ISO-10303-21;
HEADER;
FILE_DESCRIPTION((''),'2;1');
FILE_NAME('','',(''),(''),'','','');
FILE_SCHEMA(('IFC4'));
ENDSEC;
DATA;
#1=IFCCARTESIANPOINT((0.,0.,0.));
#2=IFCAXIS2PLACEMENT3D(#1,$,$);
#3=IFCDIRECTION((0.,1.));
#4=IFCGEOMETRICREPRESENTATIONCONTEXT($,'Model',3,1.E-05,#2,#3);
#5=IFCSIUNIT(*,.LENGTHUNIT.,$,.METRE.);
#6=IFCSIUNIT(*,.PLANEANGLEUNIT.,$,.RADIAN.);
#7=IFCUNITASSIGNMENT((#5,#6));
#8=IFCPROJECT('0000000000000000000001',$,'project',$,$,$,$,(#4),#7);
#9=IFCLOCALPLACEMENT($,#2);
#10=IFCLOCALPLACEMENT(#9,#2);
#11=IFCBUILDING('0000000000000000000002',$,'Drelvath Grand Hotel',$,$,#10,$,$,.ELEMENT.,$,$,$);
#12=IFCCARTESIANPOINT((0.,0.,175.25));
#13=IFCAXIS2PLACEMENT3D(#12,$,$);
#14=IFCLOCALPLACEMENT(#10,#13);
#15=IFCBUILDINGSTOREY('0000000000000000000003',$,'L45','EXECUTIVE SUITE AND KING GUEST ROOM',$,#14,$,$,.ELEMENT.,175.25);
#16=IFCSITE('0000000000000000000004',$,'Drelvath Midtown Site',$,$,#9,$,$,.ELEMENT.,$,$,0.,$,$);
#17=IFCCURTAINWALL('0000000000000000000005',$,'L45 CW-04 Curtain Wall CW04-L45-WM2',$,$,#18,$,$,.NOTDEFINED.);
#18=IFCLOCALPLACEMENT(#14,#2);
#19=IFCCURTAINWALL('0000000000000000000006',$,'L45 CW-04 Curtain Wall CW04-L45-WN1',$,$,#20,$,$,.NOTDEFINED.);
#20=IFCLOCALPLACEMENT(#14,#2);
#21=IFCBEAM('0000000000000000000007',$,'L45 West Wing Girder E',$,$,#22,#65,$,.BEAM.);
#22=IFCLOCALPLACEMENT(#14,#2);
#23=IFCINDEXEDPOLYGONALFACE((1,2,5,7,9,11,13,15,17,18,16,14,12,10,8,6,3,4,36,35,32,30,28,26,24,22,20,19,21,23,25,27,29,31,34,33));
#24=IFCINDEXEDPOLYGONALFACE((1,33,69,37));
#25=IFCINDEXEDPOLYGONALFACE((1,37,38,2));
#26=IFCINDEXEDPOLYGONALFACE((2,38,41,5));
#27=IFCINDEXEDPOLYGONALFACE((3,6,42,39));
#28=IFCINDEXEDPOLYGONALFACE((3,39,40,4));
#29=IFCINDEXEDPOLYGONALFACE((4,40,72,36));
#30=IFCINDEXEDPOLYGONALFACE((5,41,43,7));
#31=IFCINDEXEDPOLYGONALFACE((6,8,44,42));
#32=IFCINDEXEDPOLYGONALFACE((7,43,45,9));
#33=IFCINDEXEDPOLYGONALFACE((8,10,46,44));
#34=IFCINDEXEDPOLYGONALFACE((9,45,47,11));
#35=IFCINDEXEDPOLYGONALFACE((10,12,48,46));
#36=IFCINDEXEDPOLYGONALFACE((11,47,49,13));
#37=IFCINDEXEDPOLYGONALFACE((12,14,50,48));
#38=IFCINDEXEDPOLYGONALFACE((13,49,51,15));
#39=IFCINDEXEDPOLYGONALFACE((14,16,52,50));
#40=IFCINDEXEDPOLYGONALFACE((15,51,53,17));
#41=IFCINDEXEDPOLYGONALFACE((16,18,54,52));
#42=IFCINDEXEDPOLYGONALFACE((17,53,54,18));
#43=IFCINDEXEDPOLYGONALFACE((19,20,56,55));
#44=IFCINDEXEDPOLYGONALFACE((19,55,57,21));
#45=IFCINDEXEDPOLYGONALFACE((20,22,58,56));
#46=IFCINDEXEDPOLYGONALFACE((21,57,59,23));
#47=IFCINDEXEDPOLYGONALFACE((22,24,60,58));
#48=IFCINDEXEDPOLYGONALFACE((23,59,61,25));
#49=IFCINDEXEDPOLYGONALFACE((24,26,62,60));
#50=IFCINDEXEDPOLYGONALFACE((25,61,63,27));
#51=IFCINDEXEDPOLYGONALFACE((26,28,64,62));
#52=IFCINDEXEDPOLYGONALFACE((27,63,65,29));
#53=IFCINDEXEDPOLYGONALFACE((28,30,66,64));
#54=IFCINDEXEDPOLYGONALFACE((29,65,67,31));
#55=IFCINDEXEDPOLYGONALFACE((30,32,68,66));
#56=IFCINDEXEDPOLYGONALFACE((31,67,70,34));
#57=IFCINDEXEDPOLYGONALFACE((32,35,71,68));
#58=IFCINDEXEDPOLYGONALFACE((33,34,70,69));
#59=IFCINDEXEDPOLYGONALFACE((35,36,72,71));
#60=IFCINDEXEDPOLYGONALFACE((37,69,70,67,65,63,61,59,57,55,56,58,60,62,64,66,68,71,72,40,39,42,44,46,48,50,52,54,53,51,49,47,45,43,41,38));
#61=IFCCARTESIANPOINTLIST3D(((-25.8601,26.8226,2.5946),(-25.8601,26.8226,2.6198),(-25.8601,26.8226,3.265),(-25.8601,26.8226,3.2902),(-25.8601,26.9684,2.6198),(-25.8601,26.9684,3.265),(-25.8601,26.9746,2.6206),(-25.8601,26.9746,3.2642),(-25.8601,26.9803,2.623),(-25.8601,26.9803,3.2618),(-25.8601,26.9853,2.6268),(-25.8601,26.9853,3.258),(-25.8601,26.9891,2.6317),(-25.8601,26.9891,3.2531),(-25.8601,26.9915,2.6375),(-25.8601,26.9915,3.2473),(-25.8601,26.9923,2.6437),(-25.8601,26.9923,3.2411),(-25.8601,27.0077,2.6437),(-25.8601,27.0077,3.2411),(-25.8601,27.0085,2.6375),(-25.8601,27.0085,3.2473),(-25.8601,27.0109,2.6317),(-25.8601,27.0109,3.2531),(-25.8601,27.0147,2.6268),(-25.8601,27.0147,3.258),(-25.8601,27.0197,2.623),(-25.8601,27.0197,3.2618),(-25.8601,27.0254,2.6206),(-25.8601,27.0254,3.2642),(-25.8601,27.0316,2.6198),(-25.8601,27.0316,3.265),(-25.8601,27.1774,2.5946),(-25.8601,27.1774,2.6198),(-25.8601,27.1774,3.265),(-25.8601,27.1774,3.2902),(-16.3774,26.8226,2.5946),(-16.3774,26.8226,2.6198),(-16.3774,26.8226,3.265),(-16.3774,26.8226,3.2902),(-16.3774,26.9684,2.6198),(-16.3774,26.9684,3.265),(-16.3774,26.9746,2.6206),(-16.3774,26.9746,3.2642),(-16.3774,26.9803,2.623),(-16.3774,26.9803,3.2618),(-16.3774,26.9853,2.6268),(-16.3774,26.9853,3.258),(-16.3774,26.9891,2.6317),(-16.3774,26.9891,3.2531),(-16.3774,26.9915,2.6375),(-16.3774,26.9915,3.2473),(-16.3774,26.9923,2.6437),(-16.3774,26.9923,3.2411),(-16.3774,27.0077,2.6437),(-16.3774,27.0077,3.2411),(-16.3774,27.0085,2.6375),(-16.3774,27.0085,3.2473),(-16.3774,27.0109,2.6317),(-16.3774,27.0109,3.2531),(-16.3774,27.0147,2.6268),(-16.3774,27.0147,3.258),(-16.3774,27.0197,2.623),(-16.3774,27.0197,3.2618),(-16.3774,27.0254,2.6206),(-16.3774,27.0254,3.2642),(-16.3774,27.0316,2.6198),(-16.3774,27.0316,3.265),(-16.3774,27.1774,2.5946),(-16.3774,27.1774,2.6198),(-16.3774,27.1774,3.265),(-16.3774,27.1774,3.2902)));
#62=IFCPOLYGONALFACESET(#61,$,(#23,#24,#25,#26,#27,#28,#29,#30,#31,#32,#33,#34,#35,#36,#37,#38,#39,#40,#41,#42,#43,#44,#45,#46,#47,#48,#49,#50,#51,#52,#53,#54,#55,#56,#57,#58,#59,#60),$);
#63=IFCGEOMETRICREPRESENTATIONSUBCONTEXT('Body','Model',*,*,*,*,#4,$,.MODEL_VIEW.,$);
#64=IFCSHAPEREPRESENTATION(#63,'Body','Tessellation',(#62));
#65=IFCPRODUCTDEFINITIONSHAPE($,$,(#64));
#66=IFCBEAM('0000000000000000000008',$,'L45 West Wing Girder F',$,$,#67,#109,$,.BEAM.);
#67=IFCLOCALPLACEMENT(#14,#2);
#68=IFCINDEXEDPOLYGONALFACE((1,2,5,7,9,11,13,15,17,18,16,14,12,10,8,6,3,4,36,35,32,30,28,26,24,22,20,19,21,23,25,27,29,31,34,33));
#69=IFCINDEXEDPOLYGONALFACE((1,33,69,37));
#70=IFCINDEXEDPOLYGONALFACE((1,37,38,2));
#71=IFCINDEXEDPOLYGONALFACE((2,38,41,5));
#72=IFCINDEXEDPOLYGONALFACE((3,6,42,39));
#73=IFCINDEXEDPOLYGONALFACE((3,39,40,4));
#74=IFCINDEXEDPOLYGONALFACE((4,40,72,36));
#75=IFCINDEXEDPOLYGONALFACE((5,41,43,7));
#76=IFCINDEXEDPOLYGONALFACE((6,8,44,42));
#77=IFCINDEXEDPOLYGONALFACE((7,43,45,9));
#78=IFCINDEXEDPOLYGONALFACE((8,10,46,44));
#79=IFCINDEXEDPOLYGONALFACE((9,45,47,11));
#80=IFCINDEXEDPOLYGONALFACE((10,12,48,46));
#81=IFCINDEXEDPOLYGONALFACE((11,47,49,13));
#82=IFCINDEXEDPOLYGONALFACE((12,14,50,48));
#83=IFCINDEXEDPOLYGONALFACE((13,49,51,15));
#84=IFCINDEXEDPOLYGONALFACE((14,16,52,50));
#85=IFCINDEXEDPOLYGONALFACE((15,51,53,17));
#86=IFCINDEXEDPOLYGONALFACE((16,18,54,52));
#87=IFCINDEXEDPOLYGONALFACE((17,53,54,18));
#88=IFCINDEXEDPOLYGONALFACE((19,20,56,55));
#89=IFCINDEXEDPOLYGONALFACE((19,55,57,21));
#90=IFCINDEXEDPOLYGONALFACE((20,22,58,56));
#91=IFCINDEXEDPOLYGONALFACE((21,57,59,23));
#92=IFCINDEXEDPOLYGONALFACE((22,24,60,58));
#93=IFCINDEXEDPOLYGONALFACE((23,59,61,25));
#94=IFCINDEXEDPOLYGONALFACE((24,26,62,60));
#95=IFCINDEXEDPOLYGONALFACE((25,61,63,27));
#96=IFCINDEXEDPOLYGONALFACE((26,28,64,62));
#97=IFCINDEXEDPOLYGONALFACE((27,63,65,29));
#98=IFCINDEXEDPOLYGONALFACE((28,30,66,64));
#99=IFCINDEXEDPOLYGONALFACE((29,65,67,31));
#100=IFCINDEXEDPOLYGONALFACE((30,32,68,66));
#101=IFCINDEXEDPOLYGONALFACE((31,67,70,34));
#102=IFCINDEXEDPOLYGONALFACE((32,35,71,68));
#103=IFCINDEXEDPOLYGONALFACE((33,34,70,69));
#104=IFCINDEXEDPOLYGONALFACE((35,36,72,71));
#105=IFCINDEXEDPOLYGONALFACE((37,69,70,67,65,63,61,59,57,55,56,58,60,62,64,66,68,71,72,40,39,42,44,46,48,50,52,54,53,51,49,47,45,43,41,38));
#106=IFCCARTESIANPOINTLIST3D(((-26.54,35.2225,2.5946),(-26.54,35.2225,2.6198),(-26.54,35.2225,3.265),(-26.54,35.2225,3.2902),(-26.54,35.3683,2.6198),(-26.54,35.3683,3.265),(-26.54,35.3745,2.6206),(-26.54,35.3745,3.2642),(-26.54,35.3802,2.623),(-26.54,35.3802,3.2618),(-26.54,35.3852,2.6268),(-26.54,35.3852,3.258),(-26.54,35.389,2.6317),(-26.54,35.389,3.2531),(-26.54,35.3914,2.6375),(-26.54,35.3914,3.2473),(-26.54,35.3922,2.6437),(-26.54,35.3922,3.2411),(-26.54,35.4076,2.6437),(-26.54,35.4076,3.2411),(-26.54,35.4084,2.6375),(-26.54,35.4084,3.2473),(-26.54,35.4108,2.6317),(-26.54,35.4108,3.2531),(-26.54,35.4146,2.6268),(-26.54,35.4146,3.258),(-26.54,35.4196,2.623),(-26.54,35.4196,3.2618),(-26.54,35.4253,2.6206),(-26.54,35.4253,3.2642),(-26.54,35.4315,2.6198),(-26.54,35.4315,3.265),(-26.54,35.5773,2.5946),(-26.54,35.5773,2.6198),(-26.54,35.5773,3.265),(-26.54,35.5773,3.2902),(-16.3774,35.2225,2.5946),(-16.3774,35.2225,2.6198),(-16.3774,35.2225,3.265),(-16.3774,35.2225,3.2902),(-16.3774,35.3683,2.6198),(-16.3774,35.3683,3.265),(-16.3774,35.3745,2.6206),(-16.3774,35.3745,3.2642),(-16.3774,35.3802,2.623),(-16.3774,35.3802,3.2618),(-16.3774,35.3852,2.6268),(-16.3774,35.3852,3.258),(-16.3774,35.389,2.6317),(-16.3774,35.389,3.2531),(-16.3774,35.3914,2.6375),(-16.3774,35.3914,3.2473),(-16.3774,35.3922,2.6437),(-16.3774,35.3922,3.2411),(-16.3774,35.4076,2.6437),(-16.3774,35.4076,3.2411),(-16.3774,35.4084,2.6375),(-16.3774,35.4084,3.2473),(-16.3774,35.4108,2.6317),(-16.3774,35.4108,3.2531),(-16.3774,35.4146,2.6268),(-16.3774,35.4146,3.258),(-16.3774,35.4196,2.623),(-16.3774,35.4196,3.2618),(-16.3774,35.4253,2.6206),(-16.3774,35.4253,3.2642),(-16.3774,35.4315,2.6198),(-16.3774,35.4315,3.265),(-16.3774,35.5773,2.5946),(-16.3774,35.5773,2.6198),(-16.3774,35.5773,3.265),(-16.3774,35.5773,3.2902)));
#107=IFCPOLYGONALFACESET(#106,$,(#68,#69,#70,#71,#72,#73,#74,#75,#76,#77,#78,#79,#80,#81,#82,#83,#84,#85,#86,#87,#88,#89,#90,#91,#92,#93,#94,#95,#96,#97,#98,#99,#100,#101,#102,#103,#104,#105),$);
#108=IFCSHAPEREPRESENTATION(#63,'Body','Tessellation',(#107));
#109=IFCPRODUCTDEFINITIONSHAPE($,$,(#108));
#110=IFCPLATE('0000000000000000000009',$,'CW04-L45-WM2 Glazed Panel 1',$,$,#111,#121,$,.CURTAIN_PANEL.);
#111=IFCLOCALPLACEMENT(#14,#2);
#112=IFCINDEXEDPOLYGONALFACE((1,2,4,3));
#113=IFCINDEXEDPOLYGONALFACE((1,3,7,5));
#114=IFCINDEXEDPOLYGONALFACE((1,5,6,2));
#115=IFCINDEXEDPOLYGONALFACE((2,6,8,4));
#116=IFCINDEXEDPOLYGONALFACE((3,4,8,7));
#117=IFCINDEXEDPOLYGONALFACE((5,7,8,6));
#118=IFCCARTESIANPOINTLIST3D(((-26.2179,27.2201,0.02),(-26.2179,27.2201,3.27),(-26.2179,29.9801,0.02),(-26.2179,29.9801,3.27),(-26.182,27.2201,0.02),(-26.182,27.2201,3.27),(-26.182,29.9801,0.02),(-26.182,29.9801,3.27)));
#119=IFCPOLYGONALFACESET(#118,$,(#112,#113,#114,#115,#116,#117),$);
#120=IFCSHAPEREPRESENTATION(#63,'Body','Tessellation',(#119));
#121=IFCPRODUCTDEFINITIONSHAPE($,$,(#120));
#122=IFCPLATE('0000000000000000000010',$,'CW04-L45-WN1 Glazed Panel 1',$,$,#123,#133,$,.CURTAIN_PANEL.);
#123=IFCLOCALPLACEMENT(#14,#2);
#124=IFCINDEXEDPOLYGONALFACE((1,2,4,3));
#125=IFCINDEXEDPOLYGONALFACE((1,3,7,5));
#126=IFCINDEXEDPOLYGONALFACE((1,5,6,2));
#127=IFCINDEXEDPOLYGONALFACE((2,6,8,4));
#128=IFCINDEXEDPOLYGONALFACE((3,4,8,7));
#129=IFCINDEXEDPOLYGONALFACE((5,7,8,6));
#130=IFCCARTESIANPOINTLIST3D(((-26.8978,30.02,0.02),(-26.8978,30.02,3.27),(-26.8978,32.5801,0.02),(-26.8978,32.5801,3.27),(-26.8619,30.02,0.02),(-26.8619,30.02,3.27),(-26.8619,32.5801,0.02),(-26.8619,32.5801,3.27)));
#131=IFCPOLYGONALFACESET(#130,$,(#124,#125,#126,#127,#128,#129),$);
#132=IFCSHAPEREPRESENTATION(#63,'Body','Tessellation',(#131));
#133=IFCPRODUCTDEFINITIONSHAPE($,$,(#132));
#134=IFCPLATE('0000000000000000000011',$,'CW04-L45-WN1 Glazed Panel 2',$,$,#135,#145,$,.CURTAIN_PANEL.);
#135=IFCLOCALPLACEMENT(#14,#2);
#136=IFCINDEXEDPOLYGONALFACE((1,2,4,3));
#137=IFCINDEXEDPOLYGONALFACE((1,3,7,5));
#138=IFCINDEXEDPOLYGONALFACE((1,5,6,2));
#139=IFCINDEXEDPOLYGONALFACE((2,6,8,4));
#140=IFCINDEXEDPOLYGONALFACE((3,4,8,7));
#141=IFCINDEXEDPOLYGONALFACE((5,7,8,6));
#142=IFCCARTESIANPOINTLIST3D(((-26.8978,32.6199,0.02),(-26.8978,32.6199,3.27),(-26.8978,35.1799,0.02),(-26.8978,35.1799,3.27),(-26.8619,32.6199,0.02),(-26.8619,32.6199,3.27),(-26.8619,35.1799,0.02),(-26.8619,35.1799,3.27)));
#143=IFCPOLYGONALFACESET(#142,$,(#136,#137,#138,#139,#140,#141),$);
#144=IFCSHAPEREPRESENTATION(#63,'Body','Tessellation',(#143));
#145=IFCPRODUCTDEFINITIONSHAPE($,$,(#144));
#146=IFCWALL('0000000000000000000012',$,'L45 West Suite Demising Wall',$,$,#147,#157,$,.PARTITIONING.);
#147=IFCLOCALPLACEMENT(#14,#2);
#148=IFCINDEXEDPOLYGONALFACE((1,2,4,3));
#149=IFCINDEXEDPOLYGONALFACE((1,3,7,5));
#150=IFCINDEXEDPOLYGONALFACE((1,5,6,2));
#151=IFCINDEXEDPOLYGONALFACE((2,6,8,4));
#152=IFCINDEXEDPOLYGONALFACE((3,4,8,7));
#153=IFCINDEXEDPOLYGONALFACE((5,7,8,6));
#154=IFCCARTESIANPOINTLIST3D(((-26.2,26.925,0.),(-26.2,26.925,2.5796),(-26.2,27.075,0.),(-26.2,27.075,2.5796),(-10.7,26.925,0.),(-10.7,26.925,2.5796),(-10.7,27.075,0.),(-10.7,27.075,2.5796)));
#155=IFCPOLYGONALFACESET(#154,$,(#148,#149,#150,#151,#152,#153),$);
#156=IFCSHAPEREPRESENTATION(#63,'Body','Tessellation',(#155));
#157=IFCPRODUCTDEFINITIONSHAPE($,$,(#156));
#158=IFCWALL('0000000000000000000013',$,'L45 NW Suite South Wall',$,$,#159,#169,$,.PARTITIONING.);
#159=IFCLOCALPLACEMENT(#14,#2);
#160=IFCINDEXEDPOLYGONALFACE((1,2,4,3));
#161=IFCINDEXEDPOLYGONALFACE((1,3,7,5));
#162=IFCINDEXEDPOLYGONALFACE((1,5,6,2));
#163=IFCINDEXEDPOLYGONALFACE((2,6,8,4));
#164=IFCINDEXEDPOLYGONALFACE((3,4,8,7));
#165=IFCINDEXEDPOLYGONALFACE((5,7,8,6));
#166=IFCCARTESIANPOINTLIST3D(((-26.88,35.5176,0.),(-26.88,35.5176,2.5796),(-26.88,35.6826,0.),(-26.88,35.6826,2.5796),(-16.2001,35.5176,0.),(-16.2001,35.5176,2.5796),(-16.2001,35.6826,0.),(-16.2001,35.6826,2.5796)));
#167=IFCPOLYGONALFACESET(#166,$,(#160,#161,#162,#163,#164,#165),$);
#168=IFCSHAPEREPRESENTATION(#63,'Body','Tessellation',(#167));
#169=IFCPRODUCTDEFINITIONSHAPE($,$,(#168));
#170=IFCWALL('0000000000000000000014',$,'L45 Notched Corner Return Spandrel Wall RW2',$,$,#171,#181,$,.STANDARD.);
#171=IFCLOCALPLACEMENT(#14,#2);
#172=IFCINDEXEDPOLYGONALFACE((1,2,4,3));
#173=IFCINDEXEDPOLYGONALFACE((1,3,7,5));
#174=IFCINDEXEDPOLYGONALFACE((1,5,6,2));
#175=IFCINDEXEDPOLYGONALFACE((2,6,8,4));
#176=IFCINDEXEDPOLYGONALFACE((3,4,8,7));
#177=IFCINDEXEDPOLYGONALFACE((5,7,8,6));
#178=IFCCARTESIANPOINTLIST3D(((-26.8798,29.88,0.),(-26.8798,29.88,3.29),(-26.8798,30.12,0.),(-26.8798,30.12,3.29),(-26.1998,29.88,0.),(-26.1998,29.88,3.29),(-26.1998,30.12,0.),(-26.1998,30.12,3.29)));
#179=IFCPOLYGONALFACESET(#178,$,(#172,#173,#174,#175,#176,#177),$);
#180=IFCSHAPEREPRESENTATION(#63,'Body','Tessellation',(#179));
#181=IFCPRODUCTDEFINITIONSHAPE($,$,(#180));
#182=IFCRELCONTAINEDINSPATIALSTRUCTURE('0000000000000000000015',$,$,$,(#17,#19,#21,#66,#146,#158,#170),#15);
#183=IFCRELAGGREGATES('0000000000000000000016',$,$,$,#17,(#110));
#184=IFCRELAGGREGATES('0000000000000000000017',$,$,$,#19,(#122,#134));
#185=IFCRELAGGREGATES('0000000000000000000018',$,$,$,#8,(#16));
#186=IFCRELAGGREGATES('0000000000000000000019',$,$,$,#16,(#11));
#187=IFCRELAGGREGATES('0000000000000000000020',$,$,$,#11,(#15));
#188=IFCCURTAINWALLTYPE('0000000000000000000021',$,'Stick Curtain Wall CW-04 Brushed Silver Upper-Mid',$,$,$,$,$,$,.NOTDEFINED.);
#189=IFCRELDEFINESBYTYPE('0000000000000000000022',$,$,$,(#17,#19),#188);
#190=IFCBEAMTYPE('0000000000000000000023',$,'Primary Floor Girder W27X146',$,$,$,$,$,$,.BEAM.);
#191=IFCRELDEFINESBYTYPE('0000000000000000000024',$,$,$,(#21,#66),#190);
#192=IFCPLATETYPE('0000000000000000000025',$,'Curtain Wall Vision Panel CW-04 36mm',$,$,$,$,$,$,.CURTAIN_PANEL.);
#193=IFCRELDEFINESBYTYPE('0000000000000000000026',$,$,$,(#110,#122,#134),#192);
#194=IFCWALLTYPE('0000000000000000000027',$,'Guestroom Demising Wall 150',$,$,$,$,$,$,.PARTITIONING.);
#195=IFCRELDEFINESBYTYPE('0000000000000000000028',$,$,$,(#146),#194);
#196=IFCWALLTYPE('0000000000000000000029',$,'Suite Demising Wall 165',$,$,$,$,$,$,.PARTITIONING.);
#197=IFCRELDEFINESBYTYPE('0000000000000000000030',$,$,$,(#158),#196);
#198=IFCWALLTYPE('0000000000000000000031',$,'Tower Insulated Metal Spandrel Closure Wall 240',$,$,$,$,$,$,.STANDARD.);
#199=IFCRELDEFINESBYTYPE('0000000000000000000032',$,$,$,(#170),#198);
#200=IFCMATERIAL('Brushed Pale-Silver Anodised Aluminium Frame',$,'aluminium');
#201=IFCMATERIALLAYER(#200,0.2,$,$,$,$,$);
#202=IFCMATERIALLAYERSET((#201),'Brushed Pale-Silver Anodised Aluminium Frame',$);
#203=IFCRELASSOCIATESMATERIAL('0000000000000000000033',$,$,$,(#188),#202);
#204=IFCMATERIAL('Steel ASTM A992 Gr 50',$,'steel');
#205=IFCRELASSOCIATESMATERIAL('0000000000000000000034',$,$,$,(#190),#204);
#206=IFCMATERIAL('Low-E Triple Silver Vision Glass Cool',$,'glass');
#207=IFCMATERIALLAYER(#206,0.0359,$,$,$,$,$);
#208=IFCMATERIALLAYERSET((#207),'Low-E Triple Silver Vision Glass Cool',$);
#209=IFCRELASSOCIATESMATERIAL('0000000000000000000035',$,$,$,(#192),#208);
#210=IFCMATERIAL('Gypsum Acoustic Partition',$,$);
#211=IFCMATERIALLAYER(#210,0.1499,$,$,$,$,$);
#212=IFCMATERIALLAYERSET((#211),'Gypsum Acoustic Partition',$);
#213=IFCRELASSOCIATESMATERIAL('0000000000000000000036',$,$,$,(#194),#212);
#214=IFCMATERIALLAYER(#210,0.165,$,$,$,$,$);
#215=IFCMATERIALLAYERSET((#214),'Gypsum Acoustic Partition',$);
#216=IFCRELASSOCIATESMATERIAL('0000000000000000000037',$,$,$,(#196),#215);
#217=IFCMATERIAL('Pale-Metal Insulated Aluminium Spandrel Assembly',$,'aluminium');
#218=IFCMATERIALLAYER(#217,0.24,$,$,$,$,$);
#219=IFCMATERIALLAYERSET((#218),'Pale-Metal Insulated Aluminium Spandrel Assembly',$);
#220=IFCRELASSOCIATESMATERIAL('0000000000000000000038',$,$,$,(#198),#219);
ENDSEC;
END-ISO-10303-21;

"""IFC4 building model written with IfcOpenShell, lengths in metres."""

from ifc_helpers import new_model, si_unit, direction, frame, frame_2d, origin, origin_2d, place, context, subcontext, project, spatial, rectangle, i_section, extrude, material, layer, layer_set, material_profile, profile_set, type_object, element, aggregate, save


model = new_model("IFC4")

# Units and contexts
model_context = context("Model", 3, precision=1e-05, world=origin(), true_north=direction((0.0, 1.0)))
body_context = subcontext(model_context, "Body", "Model", "MODEL_VIEW")
ifc_project = project(units=[si_unit("LENGTHUNIT", "METRE"), si_unit("PLANEANGLEUNIT", "RADIAN")], contexts=[model_context])

# Site, building, storey
site_placement = place(None, origin())
site = spatial("IfcSite", under=ifc_project, at=site_placement, Name="Drelvath Midtown Site", CompositionType="ELEMENT", RefElevation=0.0)
building_placement = place(site_placement, origin())
building = spatial("IfcBuilding", under=site, at=building_placement, Name="Drelvath Grand Hotel", CompositionType="ELEMENT")
storey_placement = place(building_placement, frame((0.0, 0.0, 175.25)))
storey = spatial("IfcBuildingStorey", under=building, at=storey_placement, Name="L45", Description="EXECUTIVE SUITE AND KING GUEST ROOM", CompositionType="ELEMENT", Elevation=175.25)

# Curtain walls
ifc_material_1 = material(Name="Brushed Pale-Silver Anodised Aluminium Frame", Category="aluminium")
ifc_layer_1 = layer(ifc_material_1, 0.2)
ifc_layer_set_1 = layer_set([ifc_layer_1], Name="Brushed Pale-Silver Anodised Aluminium Frame")
curtain_wall_type = type_object("IfcCurtainWallType", Name="Stick Curtain Wall CW-04 Brushed Silver Upper-Mid", PredefinedType="NOTDEFINED", material=ifc_layer_set_1)
curtain_wall_1_placement = place(storey_placement, origin())
curtain_wall_1 = element("IfcCurtainWall", 1, at=curtain_wall_1_placement, inside=storey, type_object=curtain_wall_type, Name="L45 CW-04 Curtain Wall CW04-L45-WM2", PredefinedType="NOTDEFINED")
curtain_wall_2_placement = place(storey_placement, origin())
curtain_wall_2 = element("IfcCurtainWall", 2, at=curtain_wall_2_placement, inside=storey, type_object=curtain_wall_type, Name="L45 CW-04 Curtain Wall CW04-L45-WN1", PredefinedType="NOTDEFINED")

# Beams
ifc_material_2 = material(Name="Steel ASTM A992 Gr 50", Category="steel")
ifc_material_profile_1 = material_profile(ifc_material_2, i_section(OverallWidth=0.3547, OverallDepth=0.6956, WebThickness=0.0154, FlangeThickness=0.0251, FilletRadius=0.0239, at=origin_2d()), Name="W27X146")
ifc_profile_set_1 = profile_set([ifc_material_profile_1], Name="Steel ASTM A992 Gr 50")
beam_type_1 = type_object("IfcBeamType", Name="Primary Floor Girder W27X146", PredefinedType="BEAM", material=ifc_profile_set_1)
beam_1_placement = place(storey_placement, frame((-25.8601, 27.0, 2.9424), z_axis=(1.0, 0.0, 0.0), x_axis=(0.0, 1.0, 0.0)))
element("IfcBeam", 3, at=beam_1_placement, inside=storey, type_object=beam_type_1, Name="L45 West Wing Girder E", PredefinedType="BEAM", context=body_context, shape_type="SweptSolid", body=[
    extrude(i_section(OverallWidth=0.3547, OverallDepth=0.6956, WebThickness=0.0154, FlangeThickness=0.0251, FilletRadius=0.0239, at=origin_2d()), origin(), (0.0, 0.0, 1.0), 9.4827),
])
beam_2_placement = place(storey_placement, frame((-26.54, 35.3999, 2.9424), z_axis=(1.0, 0.0, 0.0), x_axis=(0.0, 1.0, 0.0)))
element("IfcBeam", 4, at=beam_2_placement, inside=storey, type_object=beam_type_1, Name="L45 West Wing Girder F", PredefinedType="BEAM", context=body_context, shape_type="SweptSolid", body=[
    extrude(i_section(OverallWidth=0.3547, OverallDepth=0.6956, WebThickness=0.0154, FlangeThickness=0.0251, FilletRadius=0.0239, at=origin_2d()), origin(), (0.0, 0.0, 1.0), 10.1626),
])

# Plates
ifc_material_3 = material(Name="Low-E Triple Silver Vision Glass Cool", Category="glass")
ifc_layer_2 = layer(ifc_material_3, 0.0359)
ifc_layer_set_2 = layer_set([ifc_layer_2], Name="Low-E Triple Silver Vision Glass Cool")
plate_type = type_object("IfcPlateType", Name="Curtain Wall Vision Panel CW-04 36mm", PredefinedType="CURTAIN_PANEL", material=ifc_layer_set_2)
plate_1_placement = place(storey_placement, frame((-26.2, 28.6001, 0.02), z_axis=(0.0, 0.0, 1.0), x_axis=(0.0, 1.0, 0.0)))
plate_1 = element("IfcPlate", 5, at=plate_1_placement, type_object=plate_type, Name="CW04-L45-WM2 Glazed Panel 1", PredefinedType="CURTAIN_PANEL", context=body_context, shape_type="SweptSolid", body=[
    extrude(rectangle(XDim=2.76, YDim=0.0359, at=origin_2d()), origin(), (0.0, 0.0, 1.0), 3.25),
])
aggregate(curtain_wall_1, [plate_1])
plate_2_placement = place(storey_placement, frame((-26.8799, 31.3, 0.02), z_axis=(0.0, 0.0, 1.0), x_axis=(0.0, 1.0, 0.0)))
plate_2 = element("IfcPlate", 6, at=plate_2_placement, type_object=plate_type, Name="CW04-L45-WN1 Glazed Panel 1", PredefinedType="CURTAIN_PANEL", context=body_context, shape_type="SweptSolid", body=[
    extrude(rectangle(XDim=2.5601, YDim=0.0359, at=origin_2d()), origin(), (0.0, 0.0, 1.0), 3.25),
])
plate_3_placement = place(storey_placement, frame((-26.8799, 33.8999, 0.02), z_axis=(0.0, 0.0, 1.0), x_axis=(0.0, 1.0, 0.0)))
plate_3 = element("IfcPlate", 7, at=plate_3_placement, type_object=plate_type, Name="CW04-L45-WN1 Glazed Panel 2", PredefinedType="CURTAIN_PANEL", context=body_context, shape_type="SweptSolid", body=[
    extrude(rectangle(XDim=2.5601, YDim=0.0359, at=origin_2d()), origin(), (0.0, 0.0, 1.0), 3.25),
])
aggregate(curtain_wall_2, [plate_2, plate_3])

# Walls
ifc_material_4 = material(Name="Gypsum Acoustic Partition")
ifc_layer_3 = layer(ifc_material_4, 0.1499)
ifc_layer_set_3 = layer_set([ifc_layer_3], Name="Gypsum Acoustic Partition")
wall_type_1 = type_object("IfcWallType", Name="Guestroom Demising Wall 150", PredefinedType="PARTITIONING", material=ifc_layer_set_3)
wall_1_placement = place(storey_placement, frame((-26.2, 27.0, 0.0), z_axis=(0.0, 0.0, 1.0), x_axis=(1.0, 0.0, 0.0)))
element("IfcWall", 8, at=wall_1_placement, inside=storey, type_object=wall_type_1, Name="L45 West Suite Demising Wall", PredefinedType="PARTITIONING", context=body_context, shape_type="SweptSolid", body=[
    extrude(rectangle(XDim=15.5, YDim=0.1499, at=frame_2d((7.75, 0.0))), origin(), (0.0, 0.0, 1.0), 2.5796),
])
ifc_layer_4 = layer(ifc_material_4, 0.165)
ifc_layer_set_4 = layer_set([ifc_layer_4], Name="Gypsum Acoustic Partition")
wall_type_2 = type_object("IfcWallType", Name="Suite Demising Wall 165", PredefinedType="PARTITIONING", material=ifc_layer_set_4)
wall_2_placement = place(storey_placement, frame((-26.8799, 35.6001, 0.0), z_axis=(0.0, 0.0, 1.0), x_axis=(1.0, 0.0, 0.0)))
element("IfcWall", 9, at=wall_2_placement, inside=storey, type_object=wall_type_2, Name="L45 NW Suite South Wall", PredefinedType="PARTITIONING", context=body_context, shape_type="SweptSolid", body=[
    extrude(rectangle(XDim=10.6799, YDim=0.165, at=frame_2d((5.3398, 0.0))), origin(), (0.0, 0.0, 1.0), 2.5796),
])
ifc_material_5 = material(Name="Pale-Metal Insulated Aluminium Spandrel Assembly", Category="aluminium")
ifc_layer_5 = layer(ifc_material_5, 0.24)
ifc_layer_set_5 = layer_set([ifc_layer_5], Name="Pale-Metal Insulated Aluminium Spandrel Assembly")
wall_type_3 = type_object("IfcWallType", Name="Tower Insulated Metal Spandrel Closure Wall 240", PredefinedType="STANDARD", material=ifc_layer_set_5)
wall_3_placement = place(storey_placement, frame((-26.2, 30.0, 0.0), z_axis=(0.0, 0.0, 1.0), x_axis=(-1.0, 0.0, 0.0)))
element("IfcWall", 10, at=wall_3_placement, inside=storey, type_object=wall_type_3, Name="L45 Notched Corner Return Spandrel Wall RW2", PredefinedType="STANDARD", context=body_context, shape_type="SweptSolid", body=[
    extrude(rectangle(XDim=0.6799, YDim=0.24, at=frame_2d((0.3398, 0.0))), origin(), (0.0, 0.0, 1.0), 3.29),
])

save(model, "model.ifc")
